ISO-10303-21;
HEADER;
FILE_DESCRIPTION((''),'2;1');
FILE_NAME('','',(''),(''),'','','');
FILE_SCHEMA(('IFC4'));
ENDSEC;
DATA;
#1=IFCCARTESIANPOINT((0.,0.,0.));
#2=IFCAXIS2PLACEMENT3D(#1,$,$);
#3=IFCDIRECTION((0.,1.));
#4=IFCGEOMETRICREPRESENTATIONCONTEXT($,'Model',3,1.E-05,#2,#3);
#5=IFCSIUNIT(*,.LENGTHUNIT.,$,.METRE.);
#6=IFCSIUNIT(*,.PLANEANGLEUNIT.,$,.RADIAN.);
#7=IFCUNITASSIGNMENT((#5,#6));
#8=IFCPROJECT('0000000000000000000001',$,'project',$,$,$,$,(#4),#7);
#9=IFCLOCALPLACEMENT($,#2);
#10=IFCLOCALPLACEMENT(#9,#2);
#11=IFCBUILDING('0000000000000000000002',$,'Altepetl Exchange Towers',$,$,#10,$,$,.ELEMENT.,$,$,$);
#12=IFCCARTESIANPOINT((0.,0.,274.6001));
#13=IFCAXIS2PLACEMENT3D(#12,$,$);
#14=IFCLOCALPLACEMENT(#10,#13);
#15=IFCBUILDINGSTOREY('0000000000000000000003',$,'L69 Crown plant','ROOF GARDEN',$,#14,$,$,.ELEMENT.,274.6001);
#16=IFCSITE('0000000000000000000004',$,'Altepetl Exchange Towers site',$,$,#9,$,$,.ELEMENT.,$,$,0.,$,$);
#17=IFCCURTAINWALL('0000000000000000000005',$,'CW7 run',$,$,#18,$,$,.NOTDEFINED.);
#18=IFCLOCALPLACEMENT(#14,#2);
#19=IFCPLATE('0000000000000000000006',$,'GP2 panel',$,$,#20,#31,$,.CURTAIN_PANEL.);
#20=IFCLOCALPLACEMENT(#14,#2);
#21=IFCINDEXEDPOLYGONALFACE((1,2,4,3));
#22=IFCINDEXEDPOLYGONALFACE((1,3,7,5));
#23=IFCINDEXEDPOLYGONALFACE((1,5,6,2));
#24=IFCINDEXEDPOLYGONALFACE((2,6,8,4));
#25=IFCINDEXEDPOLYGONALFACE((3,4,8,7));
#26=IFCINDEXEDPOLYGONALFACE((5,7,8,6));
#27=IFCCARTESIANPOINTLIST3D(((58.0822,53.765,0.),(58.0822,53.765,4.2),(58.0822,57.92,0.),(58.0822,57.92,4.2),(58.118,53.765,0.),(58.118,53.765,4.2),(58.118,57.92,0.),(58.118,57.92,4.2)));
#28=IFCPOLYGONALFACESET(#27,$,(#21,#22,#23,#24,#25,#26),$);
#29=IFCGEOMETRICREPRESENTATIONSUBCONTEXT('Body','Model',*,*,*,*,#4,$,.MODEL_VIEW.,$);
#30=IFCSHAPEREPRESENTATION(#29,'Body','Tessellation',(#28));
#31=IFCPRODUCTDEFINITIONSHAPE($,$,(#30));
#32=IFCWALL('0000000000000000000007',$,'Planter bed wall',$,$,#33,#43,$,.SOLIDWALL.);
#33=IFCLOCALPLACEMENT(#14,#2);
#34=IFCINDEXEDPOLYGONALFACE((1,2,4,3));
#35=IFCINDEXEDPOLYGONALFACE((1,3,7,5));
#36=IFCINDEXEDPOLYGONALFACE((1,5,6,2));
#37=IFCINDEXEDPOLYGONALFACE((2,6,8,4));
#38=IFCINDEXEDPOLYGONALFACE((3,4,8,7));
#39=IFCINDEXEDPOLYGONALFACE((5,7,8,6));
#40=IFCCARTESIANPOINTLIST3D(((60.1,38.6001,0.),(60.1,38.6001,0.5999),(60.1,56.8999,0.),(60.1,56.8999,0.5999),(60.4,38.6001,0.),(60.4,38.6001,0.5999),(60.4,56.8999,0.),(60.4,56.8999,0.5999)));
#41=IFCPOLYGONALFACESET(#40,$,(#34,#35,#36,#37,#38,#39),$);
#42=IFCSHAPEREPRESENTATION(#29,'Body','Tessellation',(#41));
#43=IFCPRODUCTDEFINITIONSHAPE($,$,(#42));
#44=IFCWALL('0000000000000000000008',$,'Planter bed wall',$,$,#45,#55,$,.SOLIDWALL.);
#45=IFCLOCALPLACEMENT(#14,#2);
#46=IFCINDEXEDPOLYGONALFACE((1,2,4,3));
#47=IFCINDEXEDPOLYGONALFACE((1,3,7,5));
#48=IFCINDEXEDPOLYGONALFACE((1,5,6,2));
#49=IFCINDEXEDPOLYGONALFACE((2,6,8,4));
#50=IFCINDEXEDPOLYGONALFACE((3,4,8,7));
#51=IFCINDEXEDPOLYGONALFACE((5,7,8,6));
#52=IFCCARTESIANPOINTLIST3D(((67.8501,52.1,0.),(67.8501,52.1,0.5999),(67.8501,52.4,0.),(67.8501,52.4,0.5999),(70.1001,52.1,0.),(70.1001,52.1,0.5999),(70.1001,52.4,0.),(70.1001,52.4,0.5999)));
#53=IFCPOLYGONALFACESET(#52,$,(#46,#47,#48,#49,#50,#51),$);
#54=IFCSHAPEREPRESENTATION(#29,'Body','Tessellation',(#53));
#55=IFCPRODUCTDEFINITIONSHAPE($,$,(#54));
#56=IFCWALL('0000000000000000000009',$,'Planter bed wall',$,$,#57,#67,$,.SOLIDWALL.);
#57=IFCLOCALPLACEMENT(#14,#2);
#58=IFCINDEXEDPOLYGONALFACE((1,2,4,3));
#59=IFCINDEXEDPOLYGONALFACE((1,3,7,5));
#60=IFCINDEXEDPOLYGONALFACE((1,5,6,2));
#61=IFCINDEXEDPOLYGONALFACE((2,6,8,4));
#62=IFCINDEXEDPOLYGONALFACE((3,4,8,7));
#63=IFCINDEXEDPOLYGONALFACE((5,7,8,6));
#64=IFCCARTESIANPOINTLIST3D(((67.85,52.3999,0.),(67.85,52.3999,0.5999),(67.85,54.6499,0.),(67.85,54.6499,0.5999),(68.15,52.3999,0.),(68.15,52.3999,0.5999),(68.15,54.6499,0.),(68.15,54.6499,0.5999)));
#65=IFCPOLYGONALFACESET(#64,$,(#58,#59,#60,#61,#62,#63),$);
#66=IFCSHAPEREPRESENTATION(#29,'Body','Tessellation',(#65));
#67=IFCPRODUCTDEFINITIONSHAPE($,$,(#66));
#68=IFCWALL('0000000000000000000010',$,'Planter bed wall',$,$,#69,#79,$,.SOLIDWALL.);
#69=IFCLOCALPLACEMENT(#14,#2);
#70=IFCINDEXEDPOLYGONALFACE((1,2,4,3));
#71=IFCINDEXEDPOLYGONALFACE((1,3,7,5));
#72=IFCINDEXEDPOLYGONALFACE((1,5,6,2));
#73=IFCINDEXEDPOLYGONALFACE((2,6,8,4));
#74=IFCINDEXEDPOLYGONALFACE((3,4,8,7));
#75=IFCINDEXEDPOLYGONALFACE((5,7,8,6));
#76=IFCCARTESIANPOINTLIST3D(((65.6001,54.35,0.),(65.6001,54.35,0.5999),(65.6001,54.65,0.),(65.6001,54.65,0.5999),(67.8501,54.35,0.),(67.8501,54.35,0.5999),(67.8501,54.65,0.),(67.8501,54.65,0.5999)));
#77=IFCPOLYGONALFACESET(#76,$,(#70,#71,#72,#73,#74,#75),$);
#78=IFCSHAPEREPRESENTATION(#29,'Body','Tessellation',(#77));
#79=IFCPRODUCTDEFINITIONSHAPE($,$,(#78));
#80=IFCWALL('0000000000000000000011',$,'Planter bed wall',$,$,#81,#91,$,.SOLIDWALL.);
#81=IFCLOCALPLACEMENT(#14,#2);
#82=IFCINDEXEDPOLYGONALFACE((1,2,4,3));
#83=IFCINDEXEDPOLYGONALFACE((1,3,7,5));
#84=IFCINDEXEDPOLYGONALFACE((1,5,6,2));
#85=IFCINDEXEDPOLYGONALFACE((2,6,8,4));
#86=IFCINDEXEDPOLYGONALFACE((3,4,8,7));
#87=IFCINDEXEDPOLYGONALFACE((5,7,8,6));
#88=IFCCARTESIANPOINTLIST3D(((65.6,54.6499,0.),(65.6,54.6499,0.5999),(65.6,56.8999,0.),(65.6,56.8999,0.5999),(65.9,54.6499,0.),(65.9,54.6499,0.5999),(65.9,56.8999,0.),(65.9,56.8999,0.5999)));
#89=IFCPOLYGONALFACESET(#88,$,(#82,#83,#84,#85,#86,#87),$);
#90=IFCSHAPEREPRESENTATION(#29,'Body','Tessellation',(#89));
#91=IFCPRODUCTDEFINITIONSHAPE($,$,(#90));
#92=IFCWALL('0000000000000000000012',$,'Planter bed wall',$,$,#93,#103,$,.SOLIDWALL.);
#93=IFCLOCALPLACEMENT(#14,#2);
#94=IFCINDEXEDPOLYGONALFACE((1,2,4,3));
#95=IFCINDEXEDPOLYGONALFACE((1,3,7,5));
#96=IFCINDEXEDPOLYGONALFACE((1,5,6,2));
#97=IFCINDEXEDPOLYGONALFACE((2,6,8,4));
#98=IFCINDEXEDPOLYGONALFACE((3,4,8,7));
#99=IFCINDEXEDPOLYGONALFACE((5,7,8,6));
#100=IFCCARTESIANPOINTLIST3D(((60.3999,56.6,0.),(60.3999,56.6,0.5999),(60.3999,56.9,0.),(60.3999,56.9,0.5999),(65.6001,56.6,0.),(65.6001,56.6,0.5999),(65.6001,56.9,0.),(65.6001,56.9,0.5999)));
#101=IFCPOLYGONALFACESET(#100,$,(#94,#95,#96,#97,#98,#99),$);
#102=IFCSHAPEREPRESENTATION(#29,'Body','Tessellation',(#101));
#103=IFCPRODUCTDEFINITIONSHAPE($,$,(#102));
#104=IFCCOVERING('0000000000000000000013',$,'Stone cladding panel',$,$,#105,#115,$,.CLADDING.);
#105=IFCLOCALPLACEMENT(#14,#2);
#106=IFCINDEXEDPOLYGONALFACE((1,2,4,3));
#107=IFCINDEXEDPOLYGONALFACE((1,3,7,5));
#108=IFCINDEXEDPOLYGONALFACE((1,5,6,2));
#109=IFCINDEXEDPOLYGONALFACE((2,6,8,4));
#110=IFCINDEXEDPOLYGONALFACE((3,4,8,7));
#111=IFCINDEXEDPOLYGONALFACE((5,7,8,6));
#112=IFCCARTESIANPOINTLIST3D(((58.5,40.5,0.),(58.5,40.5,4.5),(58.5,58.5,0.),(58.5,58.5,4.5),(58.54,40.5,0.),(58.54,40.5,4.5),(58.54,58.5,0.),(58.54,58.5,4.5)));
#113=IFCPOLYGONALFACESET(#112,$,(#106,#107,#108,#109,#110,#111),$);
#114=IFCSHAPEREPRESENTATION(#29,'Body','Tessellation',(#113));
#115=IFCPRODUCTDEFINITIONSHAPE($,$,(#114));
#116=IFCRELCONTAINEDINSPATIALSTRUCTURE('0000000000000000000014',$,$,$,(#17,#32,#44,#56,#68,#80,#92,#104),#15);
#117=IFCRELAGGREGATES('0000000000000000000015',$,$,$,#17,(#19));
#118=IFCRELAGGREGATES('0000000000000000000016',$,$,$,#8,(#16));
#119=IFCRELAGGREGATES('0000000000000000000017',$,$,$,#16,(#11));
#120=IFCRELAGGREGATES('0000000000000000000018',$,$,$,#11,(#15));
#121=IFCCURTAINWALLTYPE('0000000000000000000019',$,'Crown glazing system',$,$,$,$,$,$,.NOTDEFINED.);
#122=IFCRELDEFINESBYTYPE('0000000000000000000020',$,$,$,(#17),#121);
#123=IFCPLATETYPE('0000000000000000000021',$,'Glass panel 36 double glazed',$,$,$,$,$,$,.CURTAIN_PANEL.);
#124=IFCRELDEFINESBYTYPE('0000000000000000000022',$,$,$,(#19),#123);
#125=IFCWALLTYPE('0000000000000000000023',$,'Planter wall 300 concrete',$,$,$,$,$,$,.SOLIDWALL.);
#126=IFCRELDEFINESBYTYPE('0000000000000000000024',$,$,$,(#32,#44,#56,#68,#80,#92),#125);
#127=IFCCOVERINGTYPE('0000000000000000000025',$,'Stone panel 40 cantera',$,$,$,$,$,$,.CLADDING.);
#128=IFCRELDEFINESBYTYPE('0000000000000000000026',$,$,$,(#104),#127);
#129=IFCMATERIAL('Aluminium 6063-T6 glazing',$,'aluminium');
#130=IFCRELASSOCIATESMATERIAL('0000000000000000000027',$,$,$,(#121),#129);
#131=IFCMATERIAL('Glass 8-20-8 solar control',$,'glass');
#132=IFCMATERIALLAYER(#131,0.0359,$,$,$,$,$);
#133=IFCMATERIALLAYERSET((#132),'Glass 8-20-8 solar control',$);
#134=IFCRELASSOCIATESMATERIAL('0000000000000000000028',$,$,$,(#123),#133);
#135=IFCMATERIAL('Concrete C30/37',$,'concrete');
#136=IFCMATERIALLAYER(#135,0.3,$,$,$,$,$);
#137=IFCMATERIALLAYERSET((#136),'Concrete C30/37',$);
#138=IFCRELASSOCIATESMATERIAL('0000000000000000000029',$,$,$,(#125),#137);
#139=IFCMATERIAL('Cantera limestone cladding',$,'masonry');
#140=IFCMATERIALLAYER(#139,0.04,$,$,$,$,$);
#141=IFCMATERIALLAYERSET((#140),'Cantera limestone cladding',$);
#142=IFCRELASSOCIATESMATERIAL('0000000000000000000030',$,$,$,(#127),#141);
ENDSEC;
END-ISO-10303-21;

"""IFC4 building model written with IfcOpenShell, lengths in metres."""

from ifc_helpers import new_model, si_unit, direction, frame, frame_2d, origin, origin_2d, place, context, subcontext, project, spatial, rectangle, extrude, material, layer, layer_set, type_object, element, aggregate, save


model = new_model("IFC4")

# Units and contexts
model_context = context("Model", 3, precision=1e-05, world=origin(), true_north=direction((0.0, 1.0)))
body_context = subcontext(model_context, "Body", "Model", "MODEL_VIEW")
ifc_project = project(units=[si_unit("LENGTHUNIT", "METRE"), si_unit("PLANEANGLEUNIT", "RADIAN")], contexts=[model_context])

# Site, building, storey
site_placement = place(None, origin())
site = spatial("IfcSite", under=ifc_project, at=site_placement, Name="Altepetl Exchange Towers site", CompositionType="ELEMENT", RefElevation=0.0)
building_placement = place(site_placement, origin())
building = spatial("IfcBuilding", under=site, at=building_placement, Name="Altepetl Exchange Towers", CompositionType="ELEMENT")
storey_placement = place(building_placement, frame((0.0, 0.0, 274.6001)))
storey = spatial("IfcBuildingStorey", under=building, at=storey_placement, Name="L69 Crown plant", Description="ROOF GARDEN", CompositionType="ELEMENT", Elevation=274.6001)

# Curtain wall
ifc_material_1 = material(Name="Aluminium 6063-T6 glazing", Category="aluminium")
curtain_wall_type = type_object("IfcCurtainWallType", Name="Crown glazing system", PredefinedType="NOTDEFINED", material=ifc_material_1)
curtain_wall_placement = place(storey_placement, origin())
curtain_wall = element("IfcCurtainWall", 1, at=curtain_wall_placement, inside=storey, type_object=curtain_wall_type, Name="CW7 run", PredefinedType="NOTDEFINED")

# Plate
ifc_material_2 = material(Name="Glass 8-20-8 solar control", Category="glass")
ifc_layer_1 = layer(ifc_material_2, 0.0359)
ifc_layer_set_1 = layer_set([ifc_layer_1], Name="Glass 8-20-8 solar control")
plate_type = type_object("IfcPlateType", Name="Glass panel 36 double glazed", PredefinedType="CURTAIN_PANEL", material=ifc_layer_set_1)
plate_1_placement = place(storey_placement, frame((58.1001, 55.8425, 0.0), z_axis=(0.0, 0.0, 1.0), x_axis=(0.0, 1.0, 0.0)))
plate_1 = element("IfcPlate", 2, at=plate_1_placement, type_object=plate_type, Name="GP2 panel", PredefinedType="CURTAIN_PANEL", context=body_context, shape_type="SweptSolid", body=[
    extrude(rectangle(XDim=4.155, YDim=0.0359, at=origin_2d()), origin(), (0.0, 0.0, 1.0), 4.2),
])
aggregate(curtain_wall, [plate_1])

# Walls
ifc_material_3 = material(Name="Concrete C30/37", Category="concrete")
ifc_layer_2 = layer(ifc_material_3, 0.3)
ifc_layer_set_2 = layer_set([ifc_layer_2], Name="Concrete C30/37")
wall_type = type_object("IfcWallType", Name="Planter wall 300 concrete", PredefinedType="SOLIDWALL", material=ifc_layer_set_2)
wall_1_placement = place(storey_placement, frame((60.25, 56.8999, 0.0), z_axis=(0.0, 0.0, 1.0), x_axis=(0.0, -1.0, 0.0)))
element("IfcWall", 3, at=wall_1_placement, inside=storey, type_object=wall_type, Name="Planter bed wall", PredefinedType="SOLIDWALL", context=body_context, shape_type="SweptSolid", body=[
    extrude(rectangle(XDim=18.2998, YDim=0.3, at=frame_2d((9.1499, 0.0))), origin(), (0.0, 0.0, 1.0), 0.5999),
])
for number, where, z_axis, x_axis, name in (
    (4, (70.1001, 52.25, 0.0), (0.0, 0.0, 1.0), (-1.0, 0.0, 0.0), "Planter bed wall"),
    (5, (68.0, 52.3999, 0.0), (0.0, 0.0, 1.0), (0.0, 1.0, 0.0), "Planter bed wall"),
    (6, (67.8501, 54.5, 0.0), (0.0, 0.0, 1.0), (-1.0, 0.0, 0.0), "Planter bed wall"),
    (7, (65.75, 54.6499, 0.0), (0.0, 0.0, 1.0), (0.0, 1.0, 0.0), "Planter bed wall"),
):
    element("IfcWall", number, at=place(storey_placement, frame(where, z_axis=z_axis, x_axis=x_axis)), inside=storey, type_object=wall_type, Name=name, PredefinedType="SOLIDWALL", context=body_context, shape_type="SweptSolid", body=[
        extrude(rectangle(XDim=2.25, YDim=0.3, at=frame_2d((1.125, 0.0))), origin(), (0.0, 0.0, 1.0), 0.5999),
    ])
wall_2_placement = place(storey_placement, frame((65.6001, 56.75, 0.0), z_axis=(0.0, 0.0, 1.0), x_axis=(-1.0, 0.0, 0.0)))
element("IfcWall", 8, at=wall_2_placement, inside=storey, type_object=wall_type, Name="Planter bed wall", PredefinedType="SOLIDWALL", context=body_context, shape_type="SweptSolid", body=[
    extrude(rectangle(XDim=5.2002, YDim=0.3, at=frame_2d((2.6001, 0.0))), origin(), (0.0, 0.0, 1.0), 0.5999),
])

# Covering
ifc_material_4 = material(Name="Cantera limestone cladding", Category="masonry")
ifc_layer_3 = layer(ifc_material_4, 0.04)
ifc_layer_set_3 = layer_set([ifc_layer_3], Name="Cantera limestone cladding")
covering_type = type_object("IfcCoveringType", Name="Stone panel 40 cantera", PredefinedType="CLADDING", material=ifc_layer_set_3)
covering_placement = place(storey_placement, frame((58.52, 49.5, 0.0), z_axis=(0.0, 0.0, 1.0), x_axis=(0.0, 1.0, 0.0)))
element("IfcCovering", 9, at=covering_placement, inside=storey, type_object=covering_type, Name="Stone cladding panel", PredefinedType="CLADDING", context=body_context, shape_type="SweptSolid", body=[
    extrude(rectangle(XDim=18.0, YDim=0.04, at=origin_2d()), origin(), (0.0, 0.0, 1.0), 4.5),
])

save(model, "model.ifc")
